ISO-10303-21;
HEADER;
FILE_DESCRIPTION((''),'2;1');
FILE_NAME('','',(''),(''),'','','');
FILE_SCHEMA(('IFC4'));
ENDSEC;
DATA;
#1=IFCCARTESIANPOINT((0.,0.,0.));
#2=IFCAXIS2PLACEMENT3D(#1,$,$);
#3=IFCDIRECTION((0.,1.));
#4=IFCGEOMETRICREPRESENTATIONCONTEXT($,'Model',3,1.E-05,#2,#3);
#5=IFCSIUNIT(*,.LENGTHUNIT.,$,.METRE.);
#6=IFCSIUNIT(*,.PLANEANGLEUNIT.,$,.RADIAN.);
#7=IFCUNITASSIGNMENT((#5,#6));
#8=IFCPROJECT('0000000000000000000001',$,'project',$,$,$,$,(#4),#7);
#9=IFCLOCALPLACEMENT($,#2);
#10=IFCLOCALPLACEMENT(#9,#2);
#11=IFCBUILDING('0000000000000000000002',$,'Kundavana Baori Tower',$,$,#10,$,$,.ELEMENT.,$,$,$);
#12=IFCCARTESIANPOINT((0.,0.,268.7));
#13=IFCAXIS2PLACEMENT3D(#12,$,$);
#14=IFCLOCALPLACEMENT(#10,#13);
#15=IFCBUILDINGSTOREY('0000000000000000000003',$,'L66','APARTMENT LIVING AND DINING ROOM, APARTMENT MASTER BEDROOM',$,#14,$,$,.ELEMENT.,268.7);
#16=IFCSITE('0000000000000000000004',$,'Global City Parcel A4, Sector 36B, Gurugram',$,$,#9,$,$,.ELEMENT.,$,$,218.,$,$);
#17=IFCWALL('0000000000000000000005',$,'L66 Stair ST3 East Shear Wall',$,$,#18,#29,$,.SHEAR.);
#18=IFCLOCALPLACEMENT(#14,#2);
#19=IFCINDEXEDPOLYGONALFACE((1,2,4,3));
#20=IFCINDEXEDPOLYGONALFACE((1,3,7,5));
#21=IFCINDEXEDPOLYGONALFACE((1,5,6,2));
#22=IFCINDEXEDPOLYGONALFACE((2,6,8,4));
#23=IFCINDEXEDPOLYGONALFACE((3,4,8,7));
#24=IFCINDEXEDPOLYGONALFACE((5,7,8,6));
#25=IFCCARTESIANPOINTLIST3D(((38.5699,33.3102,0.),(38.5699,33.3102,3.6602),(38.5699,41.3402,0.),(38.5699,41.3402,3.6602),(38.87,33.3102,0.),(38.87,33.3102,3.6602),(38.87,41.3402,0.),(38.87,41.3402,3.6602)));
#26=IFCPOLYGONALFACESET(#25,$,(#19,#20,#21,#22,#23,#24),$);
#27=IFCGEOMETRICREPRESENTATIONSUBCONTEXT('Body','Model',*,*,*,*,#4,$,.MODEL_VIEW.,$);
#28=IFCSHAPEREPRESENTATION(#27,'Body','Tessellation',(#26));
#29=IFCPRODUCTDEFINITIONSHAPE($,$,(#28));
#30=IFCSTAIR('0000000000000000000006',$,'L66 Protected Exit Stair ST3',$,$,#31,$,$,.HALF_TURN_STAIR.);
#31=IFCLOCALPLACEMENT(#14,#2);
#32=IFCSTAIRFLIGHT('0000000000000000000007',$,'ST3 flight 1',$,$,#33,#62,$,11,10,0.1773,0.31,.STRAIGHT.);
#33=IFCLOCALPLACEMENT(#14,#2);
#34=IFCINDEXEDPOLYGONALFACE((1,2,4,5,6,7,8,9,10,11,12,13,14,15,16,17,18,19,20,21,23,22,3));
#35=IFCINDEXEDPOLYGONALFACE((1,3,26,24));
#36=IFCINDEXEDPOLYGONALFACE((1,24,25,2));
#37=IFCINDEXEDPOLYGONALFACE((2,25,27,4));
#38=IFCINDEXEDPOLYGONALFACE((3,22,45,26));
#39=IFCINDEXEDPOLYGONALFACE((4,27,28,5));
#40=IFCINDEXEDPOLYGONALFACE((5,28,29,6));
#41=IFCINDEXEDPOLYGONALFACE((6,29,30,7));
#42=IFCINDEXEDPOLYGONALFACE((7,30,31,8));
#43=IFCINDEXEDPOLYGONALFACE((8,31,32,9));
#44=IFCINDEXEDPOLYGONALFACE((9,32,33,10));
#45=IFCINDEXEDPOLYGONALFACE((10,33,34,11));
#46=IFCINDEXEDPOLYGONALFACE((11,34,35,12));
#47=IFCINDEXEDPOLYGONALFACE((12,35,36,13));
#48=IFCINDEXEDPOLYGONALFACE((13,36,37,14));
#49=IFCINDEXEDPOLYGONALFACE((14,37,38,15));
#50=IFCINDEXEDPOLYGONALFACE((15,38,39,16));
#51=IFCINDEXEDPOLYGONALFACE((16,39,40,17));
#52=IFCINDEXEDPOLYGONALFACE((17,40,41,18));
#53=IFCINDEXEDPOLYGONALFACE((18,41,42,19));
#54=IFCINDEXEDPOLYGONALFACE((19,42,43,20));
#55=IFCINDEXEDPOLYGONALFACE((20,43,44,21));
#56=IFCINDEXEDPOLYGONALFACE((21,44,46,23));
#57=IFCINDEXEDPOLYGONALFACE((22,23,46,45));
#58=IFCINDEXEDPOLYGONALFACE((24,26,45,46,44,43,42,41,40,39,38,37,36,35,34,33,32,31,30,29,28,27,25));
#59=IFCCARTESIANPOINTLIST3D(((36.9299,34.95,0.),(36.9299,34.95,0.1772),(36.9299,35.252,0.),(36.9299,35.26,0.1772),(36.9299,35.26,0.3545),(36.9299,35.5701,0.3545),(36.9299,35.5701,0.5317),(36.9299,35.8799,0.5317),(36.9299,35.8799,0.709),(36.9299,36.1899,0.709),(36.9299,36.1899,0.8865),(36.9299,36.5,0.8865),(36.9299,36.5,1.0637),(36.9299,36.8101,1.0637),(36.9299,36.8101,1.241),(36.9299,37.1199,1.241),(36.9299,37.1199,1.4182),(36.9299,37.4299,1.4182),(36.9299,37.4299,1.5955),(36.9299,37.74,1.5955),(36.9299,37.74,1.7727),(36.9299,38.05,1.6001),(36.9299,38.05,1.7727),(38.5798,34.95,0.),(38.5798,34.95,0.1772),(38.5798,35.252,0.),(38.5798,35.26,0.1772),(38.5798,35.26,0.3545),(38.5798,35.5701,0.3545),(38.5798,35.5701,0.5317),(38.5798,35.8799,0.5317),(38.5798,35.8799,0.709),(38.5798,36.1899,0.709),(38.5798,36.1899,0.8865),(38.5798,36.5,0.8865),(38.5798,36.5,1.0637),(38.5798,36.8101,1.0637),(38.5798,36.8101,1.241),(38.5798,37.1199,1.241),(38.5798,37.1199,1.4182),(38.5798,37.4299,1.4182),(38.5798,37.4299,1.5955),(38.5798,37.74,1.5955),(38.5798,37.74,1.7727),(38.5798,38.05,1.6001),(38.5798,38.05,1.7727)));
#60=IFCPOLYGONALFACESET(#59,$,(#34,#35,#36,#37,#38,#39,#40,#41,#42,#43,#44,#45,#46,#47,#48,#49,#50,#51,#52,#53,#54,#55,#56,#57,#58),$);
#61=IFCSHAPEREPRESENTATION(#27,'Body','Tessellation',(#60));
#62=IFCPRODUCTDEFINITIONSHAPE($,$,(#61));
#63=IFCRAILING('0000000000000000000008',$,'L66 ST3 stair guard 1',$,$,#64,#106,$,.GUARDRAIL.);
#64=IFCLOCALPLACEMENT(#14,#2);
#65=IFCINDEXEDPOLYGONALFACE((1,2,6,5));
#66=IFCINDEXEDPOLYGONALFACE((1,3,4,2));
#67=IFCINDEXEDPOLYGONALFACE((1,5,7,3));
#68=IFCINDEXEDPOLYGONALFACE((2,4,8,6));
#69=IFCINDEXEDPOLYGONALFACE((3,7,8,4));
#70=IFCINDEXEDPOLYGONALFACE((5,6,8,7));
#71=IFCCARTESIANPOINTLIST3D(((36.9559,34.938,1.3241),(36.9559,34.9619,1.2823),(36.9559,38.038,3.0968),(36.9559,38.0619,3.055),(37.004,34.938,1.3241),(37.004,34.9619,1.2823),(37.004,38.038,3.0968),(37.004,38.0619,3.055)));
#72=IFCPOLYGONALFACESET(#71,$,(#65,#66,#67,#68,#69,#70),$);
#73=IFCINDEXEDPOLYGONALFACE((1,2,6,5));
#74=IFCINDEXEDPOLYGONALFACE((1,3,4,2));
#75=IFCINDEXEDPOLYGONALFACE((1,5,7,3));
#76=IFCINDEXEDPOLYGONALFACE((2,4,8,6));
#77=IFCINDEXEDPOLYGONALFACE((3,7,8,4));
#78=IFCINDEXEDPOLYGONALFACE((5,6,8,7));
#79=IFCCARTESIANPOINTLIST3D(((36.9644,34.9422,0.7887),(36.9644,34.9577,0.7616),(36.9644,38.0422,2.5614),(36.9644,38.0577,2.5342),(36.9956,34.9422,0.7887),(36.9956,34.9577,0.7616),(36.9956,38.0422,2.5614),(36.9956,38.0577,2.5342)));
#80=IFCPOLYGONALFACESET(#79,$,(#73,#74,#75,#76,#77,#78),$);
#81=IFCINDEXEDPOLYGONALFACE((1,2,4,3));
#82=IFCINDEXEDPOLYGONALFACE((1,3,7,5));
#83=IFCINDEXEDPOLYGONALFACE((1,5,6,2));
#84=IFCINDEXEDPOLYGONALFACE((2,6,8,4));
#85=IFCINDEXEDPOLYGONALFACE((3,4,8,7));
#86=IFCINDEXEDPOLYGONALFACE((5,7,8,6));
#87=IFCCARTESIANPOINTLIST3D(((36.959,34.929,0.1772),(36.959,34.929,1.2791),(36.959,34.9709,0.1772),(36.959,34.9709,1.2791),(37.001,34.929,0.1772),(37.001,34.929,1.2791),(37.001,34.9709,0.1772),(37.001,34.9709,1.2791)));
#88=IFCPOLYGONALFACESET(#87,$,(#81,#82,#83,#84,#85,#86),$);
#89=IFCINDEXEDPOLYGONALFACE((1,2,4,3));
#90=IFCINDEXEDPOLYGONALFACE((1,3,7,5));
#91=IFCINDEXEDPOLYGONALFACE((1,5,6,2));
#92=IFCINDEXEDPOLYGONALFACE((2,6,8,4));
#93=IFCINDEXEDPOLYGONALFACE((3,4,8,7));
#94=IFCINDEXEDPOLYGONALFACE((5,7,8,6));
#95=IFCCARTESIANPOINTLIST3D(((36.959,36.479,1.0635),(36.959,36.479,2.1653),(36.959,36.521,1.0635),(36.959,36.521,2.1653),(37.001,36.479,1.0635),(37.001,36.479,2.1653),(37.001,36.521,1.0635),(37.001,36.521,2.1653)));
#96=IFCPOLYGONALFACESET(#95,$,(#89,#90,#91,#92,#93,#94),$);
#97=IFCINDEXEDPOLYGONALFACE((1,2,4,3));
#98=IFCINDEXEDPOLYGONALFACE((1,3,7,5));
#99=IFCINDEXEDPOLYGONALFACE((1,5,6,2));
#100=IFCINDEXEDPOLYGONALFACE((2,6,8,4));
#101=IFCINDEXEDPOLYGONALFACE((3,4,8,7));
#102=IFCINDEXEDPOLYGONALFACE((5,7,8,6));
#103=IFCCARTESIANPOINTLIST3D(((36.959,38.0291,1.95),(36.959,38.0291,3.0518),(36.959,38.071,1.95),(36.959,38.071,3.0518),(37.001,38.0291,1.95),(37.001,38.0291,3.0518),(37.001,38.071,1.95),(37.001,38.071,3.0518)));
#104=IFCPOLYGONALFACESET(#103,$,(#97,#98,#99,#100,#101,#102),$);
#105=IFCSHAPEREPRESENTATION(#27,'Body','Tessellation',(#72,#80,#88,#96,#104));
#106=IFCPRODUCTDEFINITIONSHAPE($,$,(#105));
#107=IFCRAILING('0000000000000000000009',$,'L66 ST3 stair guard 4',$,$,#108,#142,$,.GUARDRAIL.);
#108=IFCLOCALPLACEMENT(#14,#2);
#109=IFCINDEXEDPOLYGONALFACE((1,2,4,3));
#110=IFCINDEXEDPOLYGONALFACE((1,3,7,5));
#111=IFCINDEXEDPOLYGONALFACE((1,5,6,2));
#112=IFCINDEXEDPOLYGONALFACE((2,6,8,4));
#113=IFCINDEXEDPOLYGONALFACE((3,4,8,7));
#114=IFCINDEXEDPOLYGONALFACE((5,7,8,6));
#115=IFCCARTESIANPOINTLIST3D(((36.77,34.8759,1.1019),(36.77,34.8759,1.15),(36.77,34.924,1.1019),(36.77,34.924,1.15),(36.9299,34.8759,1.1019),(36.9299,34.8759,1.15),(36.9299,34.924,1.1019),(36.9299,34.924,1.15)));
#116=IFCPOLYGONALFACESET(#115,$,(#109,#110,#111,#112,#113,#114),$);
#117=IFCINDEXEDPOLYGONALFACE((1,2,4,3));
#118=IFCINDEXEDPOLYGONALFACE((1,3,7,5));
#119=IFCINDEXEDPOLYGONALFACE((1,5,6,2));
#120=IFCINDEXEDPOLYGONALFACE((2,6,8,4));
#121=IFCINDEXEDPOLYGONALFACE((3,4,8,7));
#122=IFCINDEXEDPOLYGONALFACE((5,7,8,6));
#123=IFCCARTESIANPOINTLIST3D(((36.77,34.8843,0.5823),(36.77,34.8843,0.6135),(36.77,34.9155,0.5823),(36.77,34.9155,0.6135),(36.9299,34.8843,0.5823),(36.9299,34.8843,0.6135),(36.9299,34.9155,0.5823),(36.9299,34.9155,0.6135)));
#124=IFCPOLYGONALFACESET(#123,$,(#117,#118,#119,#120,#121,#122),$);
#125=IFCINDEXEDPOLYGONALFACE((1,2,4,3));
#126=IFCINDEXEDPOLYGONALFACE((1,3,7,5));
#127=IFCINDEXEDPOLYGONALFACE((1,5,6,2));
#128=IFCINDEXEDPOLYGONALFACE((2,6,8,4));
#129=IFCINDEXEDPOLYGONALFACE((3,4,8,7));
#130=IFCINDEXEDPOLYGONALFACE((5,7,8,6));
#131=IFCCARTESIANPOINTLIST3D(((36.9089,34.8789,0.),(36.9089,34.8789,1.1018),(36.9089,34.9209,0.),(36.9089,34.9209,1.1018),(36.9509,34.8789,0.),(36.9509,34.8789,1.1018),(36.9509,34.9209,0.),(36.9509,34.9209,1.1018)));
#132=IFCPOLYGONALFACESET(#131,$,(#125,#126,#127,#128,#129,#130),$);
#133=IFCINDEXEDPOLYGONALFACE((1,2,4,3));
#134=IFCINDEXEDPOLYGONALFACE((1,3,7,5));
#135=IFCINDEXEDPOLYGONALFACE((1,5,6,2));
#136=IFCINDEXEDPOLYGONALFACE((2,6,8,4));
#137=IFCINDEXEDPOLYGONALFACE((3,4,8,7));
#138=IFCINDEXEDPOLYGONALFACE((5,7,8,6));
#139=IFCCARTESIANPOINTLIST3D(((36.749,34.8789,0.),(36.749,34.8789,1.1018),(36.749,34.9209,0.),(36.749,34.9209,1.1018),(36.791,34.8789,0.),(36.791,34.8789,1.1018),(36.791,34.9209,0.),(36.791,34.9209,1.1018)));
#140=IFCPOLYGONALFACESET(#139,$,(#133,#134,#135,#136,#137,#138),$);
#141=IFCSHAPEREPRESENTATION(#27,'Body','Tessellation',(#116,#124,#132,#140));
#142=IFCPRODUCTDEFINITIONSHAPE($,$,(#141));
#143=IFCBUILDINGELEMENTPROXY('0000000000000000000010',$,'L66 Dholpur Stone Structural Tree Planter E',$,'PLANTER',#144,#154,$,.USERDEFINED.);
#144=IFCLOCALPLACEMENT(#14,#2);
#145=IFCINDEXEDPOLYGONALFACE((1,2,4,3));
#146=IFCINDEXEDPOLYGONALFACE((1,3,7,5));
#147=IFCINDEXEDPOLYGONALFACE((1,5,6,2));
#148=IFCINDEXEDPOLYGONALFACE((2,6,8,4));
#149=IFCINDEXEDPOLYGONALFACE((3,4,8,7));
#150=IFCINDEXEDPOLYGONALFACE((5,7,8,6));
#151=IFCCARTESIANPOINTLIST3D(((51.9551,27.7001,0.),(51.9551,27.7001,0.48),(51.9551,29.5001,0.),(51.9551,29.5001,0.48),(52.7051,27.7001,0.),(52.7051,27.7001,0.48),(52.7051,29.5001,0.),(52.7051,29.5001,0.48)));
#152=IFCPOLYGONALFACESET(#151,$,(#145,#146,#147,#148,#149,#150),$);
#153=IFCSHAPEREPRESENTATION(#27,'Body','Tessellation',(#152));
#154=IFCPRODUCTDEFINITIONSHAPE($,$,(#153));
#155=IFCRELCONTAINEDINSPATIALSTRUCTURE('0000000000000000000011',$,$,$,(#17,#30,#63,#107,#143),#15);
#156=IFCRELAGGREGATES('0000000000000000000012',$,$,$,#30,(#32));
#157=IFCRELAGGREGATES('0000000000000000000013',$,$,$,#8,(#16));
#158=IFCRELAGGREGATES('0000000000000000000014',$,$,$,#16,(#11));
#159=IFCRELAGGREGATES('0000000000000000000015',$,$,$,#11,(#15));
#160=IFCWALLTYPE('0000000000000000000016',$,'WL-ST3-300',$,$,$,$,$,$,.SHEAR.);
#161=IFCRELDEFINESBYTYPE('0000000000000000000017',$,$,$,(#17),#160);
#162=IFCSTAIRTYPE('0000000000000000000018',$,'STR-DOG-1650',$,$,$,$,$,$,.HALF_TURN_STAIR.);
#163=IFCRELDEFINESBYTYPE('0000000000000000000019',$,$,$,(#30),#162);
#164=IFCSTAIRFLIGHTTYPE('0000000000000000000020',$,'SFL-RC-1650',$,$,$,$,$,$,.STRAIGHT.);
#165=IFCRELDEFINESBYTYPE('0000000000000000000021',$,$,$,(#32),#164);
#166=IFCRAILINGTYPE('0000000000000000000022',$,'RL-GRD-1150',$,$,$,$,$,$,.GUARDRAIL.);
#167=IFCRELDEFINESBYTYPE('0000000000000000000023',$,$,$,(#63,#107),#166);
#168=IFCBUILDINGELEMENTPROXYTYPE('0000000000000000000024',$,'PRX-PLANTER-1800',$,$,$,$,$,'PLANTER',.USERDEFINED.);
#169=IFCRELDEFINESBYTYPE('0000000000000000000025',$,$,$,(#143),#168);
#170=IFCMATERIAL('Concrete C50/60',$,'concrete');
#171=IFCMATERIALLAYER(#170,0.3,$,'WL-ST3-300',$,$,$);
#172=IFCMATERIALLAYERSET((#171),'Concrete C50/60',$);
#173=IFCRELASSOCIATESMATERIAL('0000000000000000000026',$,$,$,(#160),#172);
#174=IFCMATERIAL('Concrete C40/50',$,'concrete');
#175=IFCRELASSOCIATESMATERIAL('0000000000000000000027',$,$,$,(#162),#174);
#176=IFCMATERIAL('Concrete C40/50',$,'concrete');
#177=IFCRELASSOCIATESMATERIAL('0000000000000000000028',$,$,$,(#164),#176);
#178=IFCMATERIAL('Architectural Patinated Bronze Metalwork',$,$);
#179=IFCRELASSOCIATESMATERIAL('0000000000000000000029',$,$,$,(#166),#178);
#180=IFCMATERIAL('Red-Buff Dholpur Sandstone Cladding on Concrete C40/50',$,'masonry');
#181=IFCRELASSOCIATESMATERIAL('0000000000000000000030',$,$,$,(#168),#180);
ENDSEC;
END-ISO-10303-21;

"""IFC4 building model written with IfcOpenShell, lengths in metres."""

from ifc_helpers import new_model, si_unit, direction, frame, frame_2d, origin, origin_2d, place, context, subcontext, project, spatial, polyline, rectangle, outline, extrude, material, layer, layer_set, type_object, element, aggregate, save


model = new_model("IFC4")

# Units and contexts
model_context = context("Model", 3, precision=1e-05, world=origin(), true_north=direction((0.0, 1.0)))
body_context = subcontext(model_context, "Body", "Model", "MODEL_VIEW")
ifc_project = project(units=[si_unit("LENGTHUNIT", "METRE"), si_unit("PLANEANGLEUNIT", "RADIAN")], contexts=[model_context])

# Site, building, storey
site_placement = place(None, origin())
site = spatial("IfcSite", under=ifc_project, at=site_placement, Name="Global City Parcel A4, Sector 36B, Gurugram", CompositionType="ELEMENT", RefElevation=218.0)
building_placement = place(site_placement, origin())
building = spatial("IfcBuilding", under=site, at=building_placement, Name="Kundavana Baori Tower", CompositionType="ELEMENT")
storey_placement = place(building_placement, frame((0.0, 0.0, 268.7)))
storey = spatial("IfcBuildingStorey", under=building, at=storey_placement, Name="L66", Description="APARTMENT LIVING AND DINING ROOM, APARTMENT MASTER BEDROOM", CompositionType="ELEMENT", Elevation=268.7)

# Wall
ifc_material_1 = material(Name="Concrete C50/60", Category="concrete")
ifc_layer_1 = layer(ifc_material_1, 0.3, Name="WL-ST3-300")
ifc_layer_set_1 = layer_set([ifc_layer_1], Name="Concrete C50/60")
wall_type_1 = type_object("IfcWallType", Name="WL-ST3-300", PredefinedType="SHEAR", material=ifc_layer_set_1)
wall_1_placement = place(storey_placement, frame((38.72, 33.3101, 0.0), z_axis=(0.0, 0.0, 1.0), x_axis=(0.0, 1.0, 0.0)))
element("IfcWall", 1, at=wall_1_placement, inside=storey, type_object=wall_type_1, Name="L66 Stair ST3 East Shear Wall", PredefinedType="SHEAR", context=body_context, shape_type="SweptSolid", body=[
    extrude(rectangle(XDim=8.03, YDim=0.3, at=frame_2d((4.0151, 0.0))), origin(), (0.0, 0.0, 1.0), 3.6602),
])

# Stair, stair flight
ifc_material_2 = material(Name="Concrete C40/50", Category="concrete")
stair_type = type_object("IfcStairType", Name="STR-DOG-1650", PredefinedType="HALF_TURN_STAIR", material=ifc_material_2)
stair_placement = place(storey_placement, origin())
stair = element("IfcStair", 2, at=stair_placement, inside=storey, type_object=stair_type, Name="L66 Protected Exit Stair ST3", PredefinedType="HALF_TURN_STAIR")
ifc_material_3 = material(Name="Concrete C40/50", Category="concrete")
stair_flight_type = type_object("IfcStairFlightType", Name="SFL-RC-1650", PredefinedType="STRAIGHT", material=ifc_material_3)
stair_flight_placement = place(storey_placement, frame((37.7549, 34.95, 0.0), z_axis=(0.0, 0.0, 1.0), x_axis=(0.0, 1.0, 0.0)))
stair_flight = element("IfcStairFlight", 3, at=stair_flight_placement, type_object=stair_flight_type, Name="ST3 flight 1", NumberOfRisers=11, NumberOfTreads=10, PredefinedType="STRAIGHT", RiserHeight=0.1773, TreadLength=0.31, context=body_context, shape_type="SweptSolid", body=[
    extrude(outline(polyline([(0.0, 0.0), (0.0, 0.1772), (0.3101, 0.1772), (0.3101, 0.3545), (0.6201, 0.3545), (0.6201, 0.5317), (0.9299, 0.5317), (0.9299, 0.709), (1.24, 0.709), (1.24, 0.8865), (1.55, 0.8865), (1.55, 1.0637), (1.8601, 1.0637), (1.8601, 1.241), (2.1699, 1.241), (2.1699, 1.4182), (2.48, 1.4182), (2.48, 1.5955), (2.79, 1.5955), (2.79, 1.7727), (3.1001, 1.7727), (3.1001, 1.95), (3.1001, 1.6001), (0.302, 0.0), (0.0, 0.0)])), frame((0.0, 0.825, 0.0), z_axis=(0.0, -1.0, 0.0), x_axis=(1.0, 0.0, 0.0)), (0.0, 0.0, 1.0), 1.6499),
])
aggregate(stair, [stair_flight])

# Railings
ifc_material_4 = material(Name="Architectural Patinated Bronze Metalwork")
railing_type = type_object("IfcRailingType", Name="RL-GRD-1150", PredefinedType="GUARDRAIL", material=ifc_material_4)
railing_1_placement = place(storey_placement, frame((36.98, 34.95, 0.1772)))
element("IfcRailing", 4, at=railing_1_placement, inside=storey, type_object=railing_type, Name="L66 ST3 stair guard 1", PredefinedType="GUARDRAIL", context=body_context, shape_type="SweptSolid", body=[
    extrude(rectangle(XDim=0.0481, YDim=0.0481, at=origin_2d()), frame((0.0, 0.0, 1.126), z_axis=(0.0, 0.868096, 0.496397), x_axis=(-1.0, 0.0, 0.0)), (0.0, 0.0, 1.0), 3.571),
    extrude(rectangle(XDim=0.0312, YDim=0.0312, at=origin_2d()), frame((0.0, 0.0, 0.5979), z_axis=(0.0, 0.868096, 0.496397), x_axis=(-1.0, 0.0, 0.0)), (0.0, 0.0, 1.0), 3.571),
    extrude(rectangle(XDim=0.042, YDim=0.042, at=origin_2d()), origin(), (0.0, 0.0, 1.0), 1.1018),
    extrude(rectangle(XDim=0.042, YDim=0.042, at=origin_2d()), frame((0.0, 1.55, 0.8862)), (0.0, 0.0, 1.0), 1.1018),
    extrude(rectangle(XDim=0.042, YDim=0.042, at=origin_2d()), frame((0.0, 3.1001, 1.7727)), (0.0, 0.0, 1.0), 1.1018),
])
railing_2_placement = place(storey_placement, frame((36.9299, 34.8999, 0.0)))
element("IfcRailing", 5, at=railing_2_placement, inside=storey, type_object=railing_type, Name="L66 ST3 stair guard 4", PredefinedType="GUARDRAIL", context=body_context, shape_type="SweptSolid", body=[
    extrude(rectangle(XDim=0.0481, YDim=0.0481, at=origin_2d()), frame((0.0, 0.0, 1.126), z_axis=(-1.0, 0.0, 0.0), x_axis=(0.0, -1.0, 0.0)), (0.0, 0.0, 1.0), 0.1599),
    extrude(rectangle(XDim=0.0312, YDim=0.0312, at=origin_2d()), frame((0.0, 0.0, 0.5979), z_axis=(-1.0, 0.0, 0.0), x_axis=(0.0, -1.0, 0.0)), (0.0, 0.0, 1.0), 0.1599),
    extrude(rectangle(XDim=0.042, YDim=0.042, at=origin_2d()), origin(), (0.0, 0.0, 1.0), 1.1018),
    extrude(rectangle(XDim=0.042, YDim=0.042, at=origin_2d()), frame((-0.1599, 0.0, 0.0)), (0.0, 0.0, 1.0), 1.1018),
])

# Building element proxy
ifc_material_5 = material(Name="Red-Buff Dholpur Sandstone Cladding on Concrete C40/50", Category="masonry")
building_element_proxy_type = type_object("IfcBuildingElementProxyType", Name="PRX-PLANTER-1800", ElementType="PLANTER", PredefinedType="USERDEFINED", material=ifc_material_5)
proxy_placement = place(storey_placement, frame((52.3301, 28.6001, 0.0), z_axis=(0.0, 0.0, 1.0), x_axis=(0.0, 1.0, 0.0)))
element("IfcBuildingElementProxy", 6, at=proxy_placement, inside=storey, type_object=building_element_proxy_type, Name="L66 Dholpur Stone Structural Tree Planter E", ObjectType="PLANTER", PredefinedType="USERDEFINED", context=body_context, shape_type="SweptSolid", body=[
    extrude(rectangle(XDim=1.8, YDim=0.75, at=origin_2d()), origin(), (0.0, 0.0, 1.0), 0.48),
])

save(model, "model.ifc")
